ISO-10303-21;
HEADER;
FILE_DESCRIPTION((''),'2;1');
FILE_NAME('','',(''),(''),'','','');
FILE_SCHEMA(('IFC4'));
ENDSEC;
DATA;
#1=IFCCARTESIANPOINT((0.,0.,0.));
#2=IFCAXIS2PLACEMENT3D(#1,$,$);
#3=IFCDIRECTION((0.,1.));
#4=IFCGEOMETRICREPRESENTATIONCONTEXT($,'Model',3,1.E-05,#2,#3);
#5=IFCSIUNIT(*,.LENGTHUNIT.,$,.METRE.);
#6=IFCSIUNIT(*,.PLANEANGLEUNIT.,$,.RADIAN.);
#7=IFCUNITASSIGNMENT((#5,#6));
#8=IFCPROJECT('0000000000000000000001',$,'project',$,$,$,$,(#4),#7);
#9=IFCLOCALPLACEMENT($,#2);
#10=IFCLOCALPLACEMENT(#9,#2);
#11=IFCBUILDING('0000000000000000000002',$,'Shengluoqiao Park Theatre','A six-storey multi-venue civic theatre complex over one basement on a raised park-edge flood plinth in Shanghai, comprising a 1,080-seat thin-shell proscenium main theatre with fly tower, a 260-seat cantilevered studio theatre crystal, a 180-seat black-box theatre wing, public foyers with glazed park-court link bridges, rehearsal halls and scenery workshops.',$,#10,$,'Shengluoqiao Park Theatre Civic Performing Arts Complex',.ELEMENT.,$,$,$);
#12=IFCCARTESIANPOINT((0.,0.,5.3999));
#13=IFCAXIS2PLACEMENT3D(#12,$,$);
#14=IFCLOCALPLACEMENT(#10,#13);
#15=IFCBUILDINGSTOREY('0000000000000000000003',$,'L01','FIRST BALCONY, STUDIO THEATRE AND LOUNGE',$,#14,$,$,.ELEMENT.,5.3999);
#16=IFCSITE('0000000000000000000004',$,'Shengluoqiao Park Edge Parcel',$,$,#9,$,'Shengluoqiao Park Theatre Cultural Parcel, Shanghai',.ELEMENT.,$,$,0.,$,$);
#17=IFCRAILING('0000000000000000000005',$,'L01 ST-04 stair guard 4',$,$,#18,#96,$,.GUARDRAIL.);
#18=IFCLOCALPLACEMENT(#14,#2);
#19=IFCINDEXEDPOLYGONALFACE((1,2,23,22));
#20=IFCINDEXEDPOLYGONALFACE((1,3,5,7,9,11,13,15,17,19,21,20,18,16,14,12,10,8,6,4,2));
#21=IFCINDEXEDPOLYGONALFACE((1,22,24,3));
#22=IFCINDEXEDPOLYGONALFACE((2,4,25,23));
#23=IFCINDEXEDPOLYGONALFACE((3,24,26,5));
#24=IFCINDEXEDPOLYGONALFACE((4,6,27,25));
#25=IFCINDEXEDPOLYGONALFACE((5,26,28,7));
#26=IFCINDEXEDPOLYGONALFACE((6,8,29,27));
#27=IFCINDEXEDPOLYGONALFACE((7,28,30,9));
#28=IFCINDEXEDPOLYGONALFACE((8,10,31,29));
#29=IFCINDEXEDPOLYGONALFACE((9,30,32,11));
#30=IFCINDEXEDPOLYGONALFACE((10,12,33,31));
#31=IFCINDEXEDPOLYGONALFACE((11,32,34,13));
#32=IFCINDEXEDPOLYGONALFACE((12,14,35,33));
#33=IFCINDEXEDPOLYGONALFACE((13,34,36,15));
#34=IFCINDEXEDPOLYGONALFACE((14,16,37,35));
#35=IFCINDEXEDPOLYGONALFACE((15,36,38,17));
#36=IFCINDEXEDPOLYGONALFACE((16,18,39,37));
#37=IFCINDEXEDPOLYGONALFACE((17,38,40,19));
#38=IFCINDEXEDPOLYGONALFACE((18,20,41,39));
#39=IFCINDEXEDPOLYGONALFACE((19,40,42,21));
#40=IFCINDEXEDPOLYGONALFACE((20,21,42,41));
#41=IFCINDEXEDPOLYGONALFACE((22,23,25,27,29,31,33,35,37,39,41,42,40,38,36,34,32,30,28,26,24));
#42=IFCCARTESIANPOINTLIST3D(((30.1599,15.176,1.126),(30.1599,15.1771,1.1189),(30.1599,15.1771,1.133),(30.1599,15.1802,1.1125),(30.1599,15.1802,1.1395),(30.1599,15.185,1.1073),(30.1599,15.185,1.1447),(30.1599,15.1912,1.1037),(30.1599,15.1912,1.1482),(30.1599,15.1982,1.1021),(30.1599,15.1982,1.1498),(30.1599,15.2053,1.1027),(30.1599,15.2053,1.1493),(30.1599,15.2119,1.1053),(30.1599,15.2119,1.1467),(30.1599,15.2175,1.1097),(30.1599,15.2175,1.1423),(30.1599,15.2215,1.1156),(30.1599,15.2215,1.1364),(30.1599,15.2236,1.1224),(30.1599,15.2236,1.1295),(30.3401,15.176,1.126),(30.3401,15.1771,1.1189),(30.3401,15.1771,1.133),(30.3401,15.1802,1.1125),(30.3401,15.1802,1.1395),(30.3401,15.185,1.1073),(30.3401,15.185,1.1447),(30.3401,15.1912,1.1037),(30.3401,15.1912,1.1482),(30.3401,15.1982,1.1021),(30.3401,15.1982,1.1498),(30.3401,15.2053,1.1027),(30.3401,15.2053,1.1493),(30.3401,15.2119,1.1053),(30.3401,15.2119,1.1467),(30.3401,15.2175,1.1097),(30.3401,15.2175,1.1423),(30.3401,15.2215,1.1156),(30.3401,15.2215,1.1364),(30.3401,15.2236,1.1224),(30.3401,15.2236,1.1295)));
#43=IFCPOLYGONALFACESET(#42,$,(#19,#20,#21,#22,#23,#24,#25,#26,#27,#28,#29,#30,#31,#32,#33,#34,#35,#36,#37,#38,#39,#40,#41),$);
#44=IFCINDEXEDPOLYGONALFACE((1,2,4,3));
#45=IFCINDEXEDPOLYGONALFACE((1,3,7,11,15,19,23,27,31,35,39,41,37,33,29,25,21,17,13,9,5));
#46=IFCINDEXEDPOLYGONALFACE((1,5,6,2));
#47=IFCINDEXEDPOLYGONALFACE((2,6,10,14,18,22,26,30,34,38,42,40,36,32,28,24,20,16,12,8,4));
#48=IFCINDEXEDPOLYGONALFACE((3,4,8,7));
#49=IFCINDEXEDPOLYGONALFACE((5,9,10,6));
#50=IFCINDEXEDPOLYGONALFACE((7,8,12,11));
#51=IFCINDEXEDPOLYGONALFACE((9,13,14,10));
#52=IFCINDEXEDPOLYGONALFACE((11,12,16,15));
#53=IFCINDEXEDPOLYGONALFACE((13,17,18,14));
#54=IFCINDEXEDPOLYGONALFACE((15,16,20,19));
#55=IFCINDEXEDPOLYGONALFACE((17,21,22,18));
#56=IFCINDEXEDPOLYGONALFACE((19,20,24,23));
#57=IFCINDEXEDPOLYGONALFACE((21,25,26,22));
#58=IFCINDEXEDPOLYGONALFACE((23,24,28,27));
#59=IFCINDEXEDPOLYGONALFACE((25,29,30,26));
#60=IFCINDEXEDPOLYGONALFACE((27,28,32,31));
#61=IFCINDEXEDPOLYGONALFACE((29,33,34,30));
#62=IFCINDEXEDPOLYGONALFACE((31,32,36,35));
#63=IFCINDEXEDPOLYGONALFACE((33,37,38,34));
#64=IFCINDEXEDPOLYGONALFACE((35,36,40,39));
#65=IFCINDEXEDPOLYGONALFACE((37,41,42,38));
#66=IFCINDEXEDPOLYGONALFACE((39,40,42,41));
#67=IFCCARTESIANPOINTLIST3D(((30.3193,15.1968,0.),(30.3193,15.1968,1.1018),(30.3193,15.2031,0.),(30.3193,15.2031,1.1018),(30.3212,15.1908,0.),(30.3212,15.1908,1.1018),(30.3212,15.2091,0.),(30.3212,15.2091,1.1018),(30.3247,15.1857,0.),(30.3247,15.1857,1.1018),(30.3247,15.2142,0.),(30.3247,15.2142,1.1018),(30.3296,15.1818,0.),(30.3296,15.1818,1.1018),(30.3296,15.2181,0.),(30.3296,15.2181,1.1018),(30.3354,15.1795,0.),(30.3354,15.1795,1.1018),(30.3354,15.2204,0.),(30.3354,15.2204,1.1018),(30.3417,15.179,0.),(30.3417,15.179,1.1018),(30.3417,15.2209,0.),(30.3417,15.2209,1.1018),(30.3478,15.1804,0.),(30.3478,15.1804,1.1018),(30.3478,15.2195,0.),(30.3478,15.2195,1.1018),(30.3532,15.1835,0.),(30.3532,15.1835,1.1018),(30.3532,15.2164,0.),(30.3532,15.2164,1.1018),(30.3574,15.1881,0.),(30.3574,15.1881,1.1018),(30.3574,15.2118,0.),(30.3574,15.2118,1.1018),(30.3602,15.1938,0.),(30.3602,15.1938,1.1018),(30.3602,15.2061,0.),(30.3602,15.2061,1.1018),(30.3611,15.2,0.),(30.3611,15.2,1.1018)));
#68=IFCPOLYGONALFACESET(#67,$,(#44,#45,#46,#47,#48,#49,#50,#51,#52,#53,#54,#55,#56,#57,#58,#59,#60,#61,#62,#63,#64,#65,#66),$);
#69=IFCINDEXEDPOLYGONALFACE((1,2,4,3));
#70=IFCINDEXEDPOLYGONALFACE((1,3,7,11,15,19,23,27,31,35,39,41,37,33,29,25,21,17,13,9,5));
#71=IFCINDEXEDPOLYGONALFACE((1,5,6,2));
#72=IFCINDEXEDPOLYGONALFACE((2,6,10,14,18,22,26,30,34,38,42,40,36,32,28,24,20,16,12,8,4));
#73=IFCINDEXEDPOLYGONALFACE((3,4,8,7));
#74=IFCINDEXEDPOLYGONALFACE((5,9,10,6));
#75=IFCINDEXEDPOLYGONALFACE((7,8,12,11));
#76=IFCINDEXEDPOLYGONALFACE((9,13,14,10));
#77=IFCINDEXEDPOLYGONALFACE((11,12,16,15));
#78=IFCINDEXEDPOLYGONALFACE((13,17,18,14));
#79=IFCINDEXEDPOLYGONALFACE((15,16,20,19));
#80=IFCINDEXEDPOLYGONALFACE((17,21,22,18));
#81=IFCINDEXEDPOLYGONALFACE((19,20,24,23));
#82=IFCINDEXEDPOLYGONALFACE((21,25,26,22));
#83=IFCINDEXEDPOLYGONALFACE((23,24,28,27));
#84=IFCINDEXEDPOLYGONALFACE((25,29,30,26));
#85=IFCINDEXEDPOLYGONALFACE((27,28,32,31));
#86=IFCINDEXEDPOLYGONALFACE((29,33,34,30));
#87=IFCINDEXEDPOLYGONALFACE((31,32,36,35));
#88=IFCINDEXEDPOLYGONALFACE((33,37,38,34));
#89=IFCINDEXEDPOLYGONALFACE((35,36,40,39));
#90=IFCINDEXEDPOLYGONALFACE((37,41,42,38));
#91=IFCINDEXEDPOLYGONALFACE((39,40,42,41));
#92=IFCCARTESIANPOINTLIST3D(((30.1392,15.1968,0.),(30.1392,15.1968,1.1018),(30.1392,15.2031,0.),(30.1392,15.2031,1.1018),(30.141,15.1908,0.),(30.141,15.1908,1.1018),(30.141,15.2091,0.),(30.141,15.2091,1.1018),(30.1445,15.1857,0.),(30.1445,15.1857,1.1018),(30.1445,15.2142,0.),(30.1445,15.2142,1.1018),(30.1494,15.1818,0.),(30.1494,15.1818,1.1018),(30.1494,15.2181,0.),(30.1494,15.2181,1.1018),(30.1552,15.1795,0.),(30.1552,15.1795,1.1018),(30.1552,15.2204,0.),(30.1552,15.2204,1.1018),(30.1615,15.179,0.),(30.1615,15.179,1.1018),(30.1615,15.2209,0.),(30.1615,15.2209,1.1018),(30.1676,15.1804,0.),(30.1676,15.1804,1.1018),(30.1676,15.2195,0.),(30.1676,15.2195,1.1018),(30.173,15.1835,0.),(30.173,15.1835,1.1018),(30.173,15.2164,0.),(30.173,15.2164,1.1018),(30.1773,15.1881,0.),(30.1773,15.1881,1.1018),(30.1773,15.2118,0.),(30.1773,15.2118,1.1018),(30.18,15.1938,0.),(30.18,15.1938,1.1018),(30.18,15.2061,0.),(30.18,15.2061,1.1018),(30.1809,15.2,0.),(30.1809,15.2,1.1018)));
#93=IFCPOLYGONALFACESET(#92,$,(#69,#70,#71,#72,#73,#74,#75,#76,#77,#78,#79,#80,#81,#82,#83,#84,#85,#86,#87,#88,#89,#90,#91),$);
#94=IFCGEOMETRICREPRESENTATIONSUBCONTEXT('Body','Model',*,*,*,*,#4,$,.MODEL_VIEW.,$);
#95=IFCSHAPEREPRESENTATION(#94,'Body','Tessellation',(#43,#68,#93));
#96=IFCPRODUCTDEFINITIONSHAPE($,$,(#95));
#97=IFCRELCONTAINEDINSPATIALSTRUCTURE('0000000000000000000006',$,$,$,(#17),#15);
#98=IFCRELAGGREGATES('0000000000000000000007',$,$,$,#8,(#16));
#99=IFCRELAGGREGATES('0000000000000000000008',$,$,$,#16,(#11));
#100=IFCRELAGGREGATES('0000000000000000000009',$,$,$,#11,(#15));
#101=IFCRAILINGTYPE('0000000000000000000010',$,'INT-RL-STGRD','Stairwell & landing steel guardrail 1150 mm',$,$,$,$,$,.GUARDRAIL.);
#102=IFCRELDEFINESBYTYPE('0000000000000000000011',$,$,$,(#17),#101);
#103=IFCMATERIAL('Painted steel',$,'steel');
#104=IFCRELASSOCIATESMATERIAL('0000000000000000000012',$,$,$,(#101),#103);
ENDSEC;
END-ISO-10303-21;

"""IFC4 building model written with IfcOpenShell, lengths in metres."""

from ifc_helpers import new_model, si_unit, direction, frame, origin, origin_2d, place, context, subcontext, project, spatial, circle, extrude, material, type_object, element, save


model = new_model("IFC4")

# Units and contexts
model_context = context("Model", 3, precision=1e-05, world=origin(), true_north=direction((0.0, 1.0)))
body_context = subcontext(model_context, "Body", "Model", "MODEL_VIEW")
ifc_project = project(units=[si_unit("LENGTHUNIT", "METRE"), si_unit("PLANEANGLEUNIT", "RADIAN")], contexts=[model_context])

# Site, building, storey
site_placement = place(None, origin())
site = spatial("IfcSite", under=ifc_project, at=site_placement, Name="Shengluoqiao Park Edge Parcel", LongName="Shengluoqiao Park Theatre Cultural Parcel, Shanghai", CompositionType="ELEMENT", RefElevation=0.0)
building_placement = place(site_placement, origin())
building = spatial("IfcBuilding", under=site, at=building_placement, Name="Shengluoqiao Park Theatre", Description="A six-storey multi-venue civic theatre complex over one basement on a raised park-edge flood plinth in Shanghai, comprising a 1,080-seat thin-shell proscenium main theatre with fly tower, a 260-seat cantilevered studio theatre crystal, a 180-seat black-box theatre wing, public foyers with glazed park-court link bridges, rehearsal halls and scenery workshops.", LongName="Shengluoqiao Park Theatre Civic Performing Arts Complex", CompositionType="ELEMENT")
storey_placement = place(building_placement, frame((0.0, 0.0, 5.3999)))
storey = spatial("IfcBuildingStorey", under=building, at=storey_placement, Name="L01", Description="FIRST BALCONY, STUDIO THEATRE AND LOUNGE", CompositionType="ELEMENT", Elevation=5.3999)

# Railing
ifc_material_1 = material(Name="Painted steel", Category="steel")
railing_type_1 = type_object("IfcRailingType", Name="INT-RL-STGRD", Description="Stairwell & landing steel guardrail 1150 mm", PredefinedType="GUARDRAIL", material=ifc_material_1)
railing_1_placement = place(storey_placement, frame((30.3401, 15.2, 0.0)))
element("IfcRailing", 1, at=railing_1_placement, inside=storey, type_object=railing_type_1, Name="L01 ST-04 stair guard 4", PredefinedType="GUARDRAIL", context=body_context, shape_type="SweptSolid", body=[
    extrude(circle(Radius=0.0239, at=origin_2d()), frame((0.0, 0.0, 1.126), z_axis=(-1.0, 0.0, 0.0), x_axis=(0.0, -1.0, 0.0)), (0.0, 0.0, 1.0), 0.1802),
    extrude(circle(Radius=0.021, at=origin_2d()), origin(), (0.0, 0.0, 1.0), 1.1018),
    extrude(circle(Radius=0.021, at=origin_2d()), frame((-0.1802, 0.0, 0.0)), (0.0, 0.0, 1.0), 1.1018),
])

save(model, "model.ifc")
